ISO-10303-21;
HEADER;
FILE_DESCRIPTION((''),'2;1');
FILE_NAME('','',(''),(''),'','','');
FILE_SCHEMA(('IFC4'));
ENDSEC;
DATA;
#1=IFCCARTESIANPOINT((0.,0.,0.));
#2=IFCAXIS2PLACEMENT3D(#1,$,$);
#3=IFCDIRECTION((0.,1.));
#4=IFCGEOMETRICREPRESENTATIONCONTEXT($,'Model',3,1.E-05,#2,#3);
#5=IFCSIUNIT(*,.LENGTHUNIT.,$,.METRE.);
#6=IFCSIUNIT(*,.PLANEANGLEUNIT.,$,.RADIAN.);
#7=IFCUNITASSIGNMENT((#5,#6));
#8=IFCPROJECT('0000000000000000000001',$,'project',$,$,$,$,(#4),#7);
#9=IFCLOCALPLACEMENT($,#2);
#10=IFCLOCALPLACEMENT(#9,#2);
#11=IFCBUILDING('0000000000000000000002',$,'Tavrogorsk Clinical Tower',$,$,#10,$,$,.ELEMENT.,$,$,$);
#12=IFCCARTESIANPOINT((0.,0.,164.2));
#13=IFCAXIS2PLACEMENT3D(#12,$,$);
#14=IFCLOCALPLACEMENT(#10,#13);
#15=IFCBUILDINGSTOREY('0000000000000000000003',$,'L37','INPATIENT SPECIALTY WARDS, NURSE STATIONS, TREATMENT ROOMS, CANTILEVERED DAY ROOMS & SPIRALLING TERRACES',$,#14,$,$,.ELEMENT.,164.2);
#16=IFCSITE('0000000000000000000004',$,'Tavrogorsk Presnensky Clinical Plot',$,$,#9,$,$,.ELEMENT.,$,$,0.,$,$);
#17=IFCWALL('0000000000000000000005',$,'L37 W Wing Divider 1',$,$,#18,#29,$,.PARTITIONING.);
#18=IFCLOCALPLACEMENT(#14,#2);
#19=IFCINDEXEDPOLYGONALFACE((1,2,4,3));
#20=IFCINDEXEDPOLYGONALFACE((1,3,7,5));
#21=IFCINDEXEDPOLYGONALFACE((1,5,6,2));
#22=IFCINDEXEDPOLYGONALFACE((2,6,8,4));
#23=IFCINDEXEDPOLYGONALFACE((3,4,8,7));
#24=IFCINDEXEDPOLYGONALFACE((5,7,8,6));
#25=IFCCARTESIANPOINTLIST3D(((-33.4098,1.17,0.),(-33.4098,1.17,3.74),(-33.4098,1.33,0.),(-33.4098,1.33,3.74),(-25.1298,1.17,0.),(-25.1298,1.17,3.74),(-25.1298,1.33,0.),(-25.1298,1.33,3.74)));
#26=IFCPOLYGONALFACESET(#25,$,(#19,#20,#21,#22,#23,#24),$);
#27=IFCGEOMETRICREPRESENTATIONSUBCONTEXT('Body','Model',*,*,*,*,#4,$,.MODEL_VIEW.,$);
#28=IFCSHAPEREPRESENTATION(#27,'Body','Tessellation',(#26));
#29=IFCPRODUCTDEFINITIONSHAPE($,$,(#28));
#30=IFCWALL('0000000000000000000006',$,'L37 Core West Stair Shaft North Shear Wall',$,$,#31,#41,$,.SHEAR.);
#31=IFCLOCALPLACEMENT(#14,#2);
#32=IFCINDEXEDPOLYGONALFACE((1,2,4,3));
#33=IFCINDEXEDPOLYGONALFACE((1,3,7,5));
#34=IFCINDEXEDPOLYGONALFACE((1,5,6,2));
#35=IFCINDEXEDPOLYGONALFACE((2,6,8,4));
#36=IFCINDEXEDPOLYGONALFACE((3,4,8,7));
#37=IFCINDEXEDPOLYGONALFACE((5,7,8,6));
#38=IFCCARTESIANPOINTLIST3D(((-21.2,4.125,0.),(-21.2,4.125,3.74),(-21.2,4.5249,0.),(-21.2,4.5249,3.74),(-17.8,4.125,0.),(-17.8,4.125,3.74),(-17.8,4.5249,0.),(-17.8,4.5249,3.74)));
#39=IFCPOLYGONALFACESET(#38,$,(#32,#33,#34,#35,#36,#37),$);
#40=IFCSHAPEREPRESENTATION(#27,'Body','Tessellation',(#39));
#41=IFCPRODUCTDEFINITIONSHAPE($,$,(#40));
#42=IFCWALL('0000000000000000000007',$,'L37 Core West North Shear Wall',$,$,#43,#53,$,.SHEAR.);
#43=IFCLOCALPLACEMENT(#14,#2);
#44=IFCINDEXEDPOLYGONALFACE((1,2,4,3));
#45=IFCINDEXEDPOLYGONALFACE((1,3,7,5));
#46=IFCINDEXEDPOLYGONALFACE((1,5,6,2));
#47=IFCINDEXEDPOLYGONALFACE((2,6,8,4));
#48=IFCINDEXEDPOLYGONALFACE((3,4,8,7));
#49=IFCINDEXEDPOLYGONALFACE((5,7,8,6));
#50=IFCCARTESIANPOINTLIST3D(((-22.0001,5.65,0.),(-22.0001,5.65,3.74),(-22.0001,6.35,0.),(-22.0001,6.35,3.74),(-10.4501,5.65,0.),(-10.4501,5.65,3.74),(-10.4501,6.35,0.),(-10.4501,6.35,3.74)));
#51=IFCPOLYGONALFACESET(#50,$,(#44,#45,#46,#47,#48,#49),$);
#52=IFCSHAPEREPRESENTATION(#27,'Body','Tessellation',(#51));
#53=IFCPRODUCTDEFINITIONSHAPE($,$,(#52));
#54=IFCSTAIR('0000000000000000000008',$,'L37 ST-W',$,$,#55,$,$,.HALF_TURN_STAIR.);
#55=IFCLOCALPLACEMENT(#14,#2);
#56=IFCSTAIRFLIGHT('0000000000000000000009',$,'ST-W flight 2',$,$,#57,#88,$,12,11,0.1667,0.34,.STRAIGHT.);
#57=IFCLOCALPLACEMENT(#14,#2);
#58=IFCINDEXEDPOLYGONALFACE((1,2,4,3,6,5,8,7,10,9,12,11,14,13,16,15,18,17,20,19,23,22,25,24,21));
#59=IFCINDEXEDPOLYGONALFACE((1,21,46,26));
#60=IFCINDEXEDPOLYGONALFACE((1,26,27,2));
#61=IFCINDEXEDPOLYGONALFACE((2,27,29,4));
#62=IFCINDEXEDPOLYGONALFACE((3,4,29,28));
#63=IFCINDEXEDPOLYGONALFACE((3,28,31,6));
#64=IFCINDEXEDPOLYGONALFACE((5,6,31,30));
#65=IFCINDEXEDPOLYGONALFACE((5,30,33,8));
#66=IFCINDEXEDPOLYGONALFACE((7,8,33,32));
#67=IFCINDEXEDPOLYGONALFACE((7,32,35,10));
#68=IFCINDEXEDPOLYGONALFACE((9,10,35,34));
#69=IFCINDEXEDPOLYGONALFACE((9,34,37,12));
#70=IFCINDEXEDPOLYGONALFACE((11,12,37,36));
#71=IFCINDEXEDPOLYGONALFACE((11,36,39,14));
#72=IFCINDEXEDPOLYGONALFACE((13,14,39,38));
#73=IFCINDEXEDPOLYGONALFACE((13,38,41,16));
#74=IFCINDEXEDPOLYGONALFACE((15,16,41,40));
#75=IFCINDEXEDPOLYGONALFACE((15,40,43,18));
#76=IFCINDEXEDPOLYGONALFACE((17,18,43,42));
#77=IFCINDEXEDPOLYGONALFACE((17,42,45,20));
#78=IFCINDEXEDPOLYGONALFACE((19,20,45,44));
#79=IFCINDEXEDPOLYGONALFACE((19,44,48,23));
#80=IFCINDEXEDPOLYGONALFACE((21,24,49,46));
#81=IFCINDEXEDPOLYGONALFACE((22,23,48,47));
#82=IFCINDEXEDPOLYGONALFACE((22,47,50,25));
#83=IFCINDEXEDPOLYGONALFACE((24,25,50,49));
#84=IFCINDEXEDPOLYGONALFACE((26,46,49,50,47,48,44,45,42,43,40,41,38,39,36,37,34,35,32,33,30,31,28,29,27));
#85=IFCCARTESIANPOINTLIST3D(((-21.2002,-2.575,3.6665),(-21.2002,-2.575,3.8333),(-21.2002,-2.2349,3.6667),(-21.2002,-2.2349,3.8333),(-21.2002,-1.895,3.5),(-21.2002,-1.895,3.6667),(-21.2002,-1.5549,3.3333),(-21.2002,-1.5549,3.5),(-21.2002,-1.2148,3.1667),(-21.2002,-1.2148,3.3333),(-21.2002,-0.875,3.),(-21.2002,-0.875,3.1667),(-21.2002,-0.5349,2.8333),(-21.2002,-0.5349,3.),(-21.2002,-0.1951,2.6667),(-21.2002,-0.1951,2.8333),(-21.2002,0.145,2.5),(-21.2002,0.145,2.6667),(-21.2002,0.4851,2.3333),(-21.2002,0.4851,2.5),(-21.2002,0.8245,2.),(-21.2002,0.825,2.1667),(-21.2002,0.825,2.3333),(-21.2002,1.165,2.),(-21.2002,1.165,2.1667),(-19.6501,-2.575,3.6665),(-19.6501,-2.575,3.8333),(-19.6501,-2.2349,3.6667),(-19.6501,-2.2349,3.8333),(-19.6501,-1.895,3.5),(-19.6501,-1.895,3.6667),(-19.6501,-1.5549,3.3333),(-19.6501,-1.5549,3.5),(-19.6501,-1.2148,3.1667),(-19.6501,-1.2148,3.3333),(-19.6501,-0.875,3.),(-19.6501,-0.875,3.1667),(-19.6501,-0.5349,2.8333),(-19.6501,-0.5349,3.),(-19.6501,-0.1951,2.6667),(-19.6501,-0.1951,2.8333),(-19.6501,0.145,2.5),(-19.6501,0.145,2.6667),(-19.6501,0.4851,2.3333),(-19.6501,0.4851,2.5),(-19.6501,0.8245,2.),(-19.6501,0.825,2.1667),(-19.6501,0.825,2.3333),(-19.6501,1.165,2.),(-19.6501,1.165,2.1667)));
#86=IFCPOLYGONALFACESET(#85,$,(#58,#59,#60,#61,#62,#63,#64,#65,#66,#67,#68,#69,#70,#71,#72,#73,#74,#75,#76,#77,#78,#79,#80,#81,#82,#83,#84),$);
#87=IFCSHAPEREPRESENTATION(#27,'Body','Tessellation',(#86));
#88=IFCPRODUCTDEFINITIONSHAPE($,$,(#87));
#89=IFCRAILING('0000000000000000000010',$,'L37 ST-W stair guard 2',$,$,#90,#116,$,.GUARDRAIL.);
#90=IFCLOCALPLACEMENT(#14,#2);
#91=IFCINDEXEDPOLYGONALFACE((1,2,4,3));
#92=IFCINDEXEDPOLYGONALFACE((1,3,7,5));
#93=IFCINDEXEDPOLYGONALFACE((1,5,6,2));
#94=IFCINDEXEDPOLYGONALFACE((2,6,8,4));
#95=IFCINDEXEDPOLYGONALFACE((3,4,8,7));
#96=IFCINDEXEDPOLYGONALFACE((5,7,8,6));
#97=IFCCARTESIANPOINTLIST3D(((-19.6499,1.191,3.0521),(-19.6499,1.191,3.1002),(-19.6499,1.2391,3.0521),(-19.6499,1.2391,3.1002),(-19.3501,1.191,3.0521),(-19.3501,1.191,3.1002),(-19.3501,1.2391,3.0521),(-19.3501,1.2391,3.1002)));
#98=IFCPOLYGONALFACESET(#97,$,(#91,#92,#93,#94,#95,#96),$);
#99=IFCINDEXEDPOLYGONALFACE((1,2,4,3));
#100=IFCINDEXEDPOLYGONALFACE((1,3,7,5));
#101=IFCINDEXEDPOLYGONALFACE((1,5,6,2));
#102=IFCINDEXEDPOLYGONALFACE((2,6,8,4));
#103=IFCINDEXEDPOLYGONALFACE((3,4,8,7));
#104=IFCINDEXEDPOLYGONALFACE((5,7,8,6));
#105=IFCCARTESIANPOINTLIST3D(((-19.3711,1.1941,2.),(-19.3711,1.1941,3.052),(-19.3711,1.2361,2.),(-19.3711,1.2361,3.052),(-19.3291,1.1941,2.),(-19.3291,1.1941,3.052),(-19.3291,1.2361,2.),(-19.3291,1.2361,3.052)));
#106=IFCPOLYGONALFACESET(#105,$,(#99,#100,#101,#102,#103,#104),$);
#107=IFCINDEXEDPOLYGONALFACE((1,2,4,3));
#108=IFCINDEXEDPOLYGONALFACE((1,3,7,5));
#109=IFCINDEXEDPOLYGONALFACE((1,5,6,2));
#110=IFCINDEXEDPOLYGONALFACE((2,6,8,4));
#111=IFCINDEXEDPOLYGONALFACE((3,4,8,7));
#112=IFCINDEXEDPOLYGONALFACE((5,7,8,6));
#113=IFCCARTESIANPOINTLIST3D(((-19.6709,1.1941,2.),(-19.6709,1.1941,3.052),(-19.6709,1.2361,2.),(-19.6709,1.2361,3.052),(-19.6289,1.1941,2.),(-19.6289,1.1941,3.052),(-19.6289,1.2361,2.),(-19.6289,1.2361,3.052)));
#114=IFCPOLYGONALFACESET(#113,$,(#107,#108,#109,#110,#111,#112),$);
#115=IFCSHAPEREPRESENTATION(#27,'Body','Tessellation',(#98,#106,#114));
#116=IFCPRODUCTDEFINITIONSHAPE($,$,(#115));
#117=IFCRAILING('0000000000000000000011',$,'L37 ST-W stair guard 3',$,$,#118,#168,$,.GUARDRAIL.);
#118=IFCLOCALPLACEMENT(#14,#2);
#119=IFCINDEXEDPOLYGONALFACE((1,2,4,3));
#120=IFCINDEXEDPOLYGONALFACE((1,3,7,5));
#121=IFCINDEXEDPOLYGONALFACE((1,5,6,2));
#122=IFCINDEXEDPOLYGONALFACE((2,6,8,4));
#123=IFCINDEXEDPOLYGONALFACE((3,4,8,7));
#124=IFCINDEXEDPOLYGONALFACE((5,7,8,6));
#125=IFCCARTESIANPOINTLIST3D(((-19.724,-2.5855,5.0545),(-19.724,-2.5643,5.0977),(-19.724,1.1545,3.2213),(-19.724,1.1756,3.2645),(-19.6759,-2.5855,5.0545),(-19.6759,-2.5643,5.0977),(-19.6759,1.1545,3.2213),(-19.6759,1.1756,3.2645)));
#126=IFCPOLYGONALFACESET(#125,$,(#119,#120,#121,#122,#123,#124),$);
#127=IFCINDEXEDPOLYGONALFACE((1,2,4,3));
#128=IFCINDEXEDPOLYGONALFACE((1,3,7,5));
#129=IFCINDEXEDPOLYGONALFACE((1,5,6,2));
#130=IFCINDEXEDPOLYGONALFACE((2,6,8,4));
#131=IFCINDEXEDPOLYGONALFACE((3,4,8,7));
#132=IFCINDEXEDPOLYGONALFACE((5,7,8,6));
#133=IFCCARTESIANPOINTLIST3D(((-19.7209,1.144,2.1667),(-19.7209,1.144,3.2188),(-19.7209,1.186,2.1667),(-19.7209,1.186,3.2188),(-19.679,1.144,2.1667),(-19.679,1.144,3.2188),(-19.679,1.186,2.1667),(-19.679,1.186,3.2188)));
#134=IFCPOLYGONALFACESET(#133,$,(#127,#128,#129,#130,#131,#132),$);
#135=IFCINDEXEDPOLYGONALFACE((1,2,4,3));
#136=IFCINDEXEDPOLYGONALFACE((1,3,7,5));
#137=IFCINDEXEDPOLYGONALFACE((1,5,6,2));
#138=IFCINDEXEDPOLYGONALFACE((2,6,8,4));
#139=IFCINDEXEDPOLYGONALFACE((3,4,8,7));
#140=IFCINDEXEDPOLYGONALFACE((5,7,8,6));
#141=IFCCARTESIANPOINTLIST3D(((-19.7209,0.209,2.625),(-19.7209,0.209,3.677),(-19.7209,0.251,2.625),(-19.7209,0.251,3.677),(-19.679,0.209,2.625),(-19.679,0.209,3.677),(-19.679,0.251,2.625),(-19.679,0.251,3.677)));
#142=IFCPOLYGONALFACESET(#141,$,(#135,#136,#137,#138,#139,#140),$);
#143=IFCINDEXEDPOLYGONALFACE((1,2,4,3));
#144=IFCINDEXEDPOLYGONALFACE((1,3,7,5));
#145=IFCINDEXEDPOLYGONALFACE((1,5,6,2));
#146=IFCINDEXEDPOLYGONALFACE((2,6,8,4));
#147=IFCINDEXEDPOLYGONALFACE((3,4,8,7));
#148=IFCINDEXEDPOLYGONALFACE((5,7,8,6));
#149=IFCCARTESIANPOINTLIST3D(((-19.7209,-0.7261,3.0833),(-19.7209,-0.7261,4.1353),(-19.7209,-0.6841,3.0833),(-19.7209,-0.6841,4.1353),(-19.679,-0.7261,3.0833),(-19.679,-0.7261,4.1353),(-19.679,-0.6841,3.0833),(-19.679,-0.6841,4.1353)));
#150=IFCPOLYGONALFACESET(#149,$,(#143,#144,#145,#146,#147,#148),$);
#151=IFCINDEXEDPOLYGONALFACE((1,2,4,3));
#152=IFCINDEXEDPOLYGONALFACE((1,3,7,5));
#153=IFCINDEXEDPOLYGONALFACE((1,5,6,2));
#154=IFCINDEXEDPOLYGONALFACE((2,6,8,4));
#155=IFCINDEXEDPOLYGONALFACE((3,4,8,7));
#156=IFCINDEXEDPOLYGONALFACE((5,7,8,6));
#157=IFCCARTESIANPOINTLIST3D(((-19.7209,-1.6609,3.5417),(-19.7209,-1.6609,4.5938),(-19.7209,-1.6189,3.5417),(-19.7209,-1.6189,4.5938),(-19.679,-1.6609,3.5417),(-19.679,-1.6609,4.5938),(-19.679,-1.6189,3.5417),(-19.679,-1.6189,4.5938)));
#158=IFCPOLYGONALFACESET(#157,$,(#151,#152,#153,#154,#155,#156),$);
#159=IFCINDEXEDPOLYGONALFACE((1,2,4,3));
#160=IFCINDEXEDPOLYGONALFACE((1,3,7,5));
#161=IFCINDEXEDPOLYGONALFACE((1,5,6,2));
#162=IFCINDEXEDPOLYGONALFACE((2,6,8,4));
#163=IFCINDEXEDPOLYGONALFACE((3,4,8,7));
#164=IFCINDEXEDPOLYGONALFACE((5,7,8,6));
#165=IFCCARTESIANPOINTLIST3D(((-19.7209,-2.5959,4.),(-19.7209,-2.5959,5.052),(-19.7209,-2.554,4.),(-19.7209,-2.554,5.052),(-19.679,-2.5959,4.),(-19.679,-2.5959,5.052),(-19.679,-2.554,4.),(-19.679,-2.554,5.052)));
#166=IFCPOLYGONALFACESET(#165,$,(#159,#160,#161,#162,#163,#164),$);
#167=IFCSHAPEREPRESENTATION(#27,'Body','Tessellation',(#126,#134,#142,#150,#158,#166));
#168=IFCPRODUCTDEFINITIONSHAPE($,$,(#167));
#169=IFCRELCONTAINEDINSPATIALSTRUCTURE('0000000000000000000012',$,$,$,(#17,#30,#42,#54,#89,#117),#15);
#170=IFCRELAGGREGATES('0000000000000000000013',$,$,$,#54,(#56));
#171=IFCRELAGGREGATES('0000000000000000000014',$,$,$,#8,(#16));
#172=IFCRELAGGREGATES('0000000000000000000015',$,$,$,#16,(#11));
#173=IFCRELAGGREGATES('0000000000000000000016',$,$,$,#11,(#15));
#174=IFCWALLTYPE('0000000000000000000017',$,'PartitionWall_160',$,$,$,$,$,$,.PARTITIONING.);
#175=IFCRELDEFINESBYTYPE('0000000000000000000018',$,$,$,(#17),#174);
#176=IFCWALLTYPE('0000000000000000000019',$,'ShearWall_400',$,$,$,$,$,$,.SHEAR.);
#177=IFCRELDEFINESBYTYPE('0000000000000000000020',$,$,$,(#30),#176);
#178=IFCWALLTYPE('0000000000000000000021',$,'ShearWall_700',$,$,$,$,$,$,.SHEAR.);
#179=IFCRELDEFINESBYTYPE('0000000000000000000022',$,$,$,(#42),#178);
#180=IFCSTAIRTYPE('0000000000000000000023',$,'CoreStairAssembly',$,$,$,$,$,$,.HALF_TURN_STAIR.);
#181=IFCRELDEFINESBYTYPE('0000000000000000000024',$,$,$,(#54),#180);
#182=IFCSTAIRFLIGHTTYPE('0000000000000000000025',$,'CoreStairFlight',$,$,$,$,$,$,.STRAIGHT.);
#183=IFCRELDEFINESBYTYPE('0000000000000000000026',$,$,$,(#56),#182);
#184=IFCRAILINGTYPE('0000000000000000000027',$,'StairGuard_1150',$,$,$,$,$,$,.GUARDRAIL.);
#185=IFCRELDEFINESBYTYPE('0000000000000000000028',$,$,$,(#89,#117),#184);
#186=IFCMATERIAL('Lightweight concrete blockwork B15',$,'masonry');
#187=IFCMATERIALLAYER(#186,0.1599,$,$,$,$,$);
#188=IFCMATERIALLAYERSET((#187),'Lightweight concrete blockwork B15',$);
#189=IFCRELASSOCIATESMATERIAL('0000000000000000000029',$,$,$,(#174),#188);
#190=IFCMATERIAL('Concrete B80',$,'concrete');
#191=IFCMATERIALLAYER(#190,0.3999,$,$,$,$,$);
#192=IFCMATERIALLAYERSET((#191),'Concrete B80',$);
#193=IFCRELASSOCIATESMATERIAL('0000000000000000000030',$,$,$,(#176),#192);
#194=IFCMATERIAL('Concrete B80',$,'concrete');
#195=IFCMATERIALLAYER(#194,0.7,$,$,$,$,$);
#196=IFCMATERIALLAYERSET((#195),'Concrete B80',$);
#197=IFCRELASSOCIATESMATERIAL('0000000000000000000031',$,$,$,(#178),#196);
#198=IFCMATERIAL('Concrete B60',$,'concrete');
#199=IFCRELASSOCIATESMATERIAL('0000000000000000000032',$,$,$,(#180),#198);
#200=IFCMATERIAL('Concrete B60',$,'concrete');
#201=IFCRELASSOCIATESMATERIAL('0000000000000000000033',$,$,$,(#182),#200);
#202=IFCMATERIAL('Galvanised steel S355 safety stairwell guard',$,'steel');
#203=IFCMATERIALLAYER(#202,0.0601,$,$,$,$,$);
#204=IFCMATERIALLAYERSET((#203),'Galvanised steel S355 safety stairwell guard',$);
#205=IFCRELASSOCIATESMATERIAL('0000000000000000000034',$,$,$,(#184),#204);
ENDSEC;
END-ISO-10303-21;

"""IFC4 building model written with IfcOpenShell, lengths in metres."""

from ifc_helpers import new_model, si_unit, direction, frame, frame_2d, origin, origin_2d, place, context, subcontext, project, spatial, polyline, rectangle, outline, extrude, material, layer, layer_set, type_object, element, aggregate, save


model = new_model("IFC4")

# Units and contexts
model_context = context("Model", 3, precision=1e-05, world=origin(), true_north=direction((0.0, 1.0)))
body_context = subcontext(model_context, "Body", "Model", "MODEL_VIEW")
ifc_project = project(units=[si_unit("LENGTHUNIT", "METRE"), si_unit("PLANEANGLEUNIT", "RADIAN")], contexts=[model_context])

# Site, building, storey
site_placement = place(None, origin())
site = spatial("IfcSite", under=ifc_project, at=site_placement, Name="Tavrogorsk Presnensky Clinical Plot", CompositionType="ELEMENT", RefElevation=0.0)
building_placement = place(site_placement, origin())
building = spatial("IfcBuilding", under=site, at=building_placement, Name="Tavrogorsk Clinical Tower", CompositionType="ELEMENT")
storey_placement = place(building_placement, frame((0.0, 0.0, 164.2)))
storey = spatial("IfcBuildingStorey", under=building, at=storey_placement, Name="L37", Description="INPATIENT SPECIALTY WARDS, NURSE STATIONS, TREATMENT ROOMS, CANTILEVERED DAY ROOMS & SPIRALLING TERRACES", CompositionType="ELEMENT", Elevation=164.2)

# Shared definitions
ifc_material_1 = material(Name="Lightweight concrete blockwork B15", Category="masonry")
ifc_layer_1 = layer(ifc_material_1, 0.1599)
ifc_layer_set_1 = layer_set([ifc_layer_1], Name="Lightweight concrete blockwork B15")
wall_type_1 = type_object("IfcWallType", Name="PartitionWall_160", PredefinedType="PARTITIONING", material=ifc_layer_set_1)

# Walls
wall_1_placement = place(storey_placement, frame((-33.4099, 1.25, 0.0), z_axis=(0.0, 0.0, 1.0), x_axis=(1.0, 0.0, 0.0)))
element("IfcWall", 1, at=wall_1_placement, inside=storey, type_object=wall_type_1, Name="L37 W Wing Divider 1", PredefinedType="PARTITIONING", context=body_context, shape_type="SweptSolid", body=[
    extrude(rectangle(XDim=8.28, YDim=0.1599, at=frame_2d((4.1401, 0.0))), origin(), (0.0, 0.0, 1.0), 3.74),
])
ifc_material_2 = material(Name="Concrete B80", Category="concrete")
ifc_layer_2 = layer(ifc_material_2, 0.3999)
ifc_layer_set_2 = layer_set([ifc_layer_2], Name="Concrete B80")
wall_type_2 = type_object("IfcWallType", Name="ShearWall_400", PredefinedType="SHEAR", material=ifc_layer_set_2)
wall_2_placement = place(storey_placement, frame((-21.2, 4.325, 0.0), z_axis=(0.0, 0.0, 1.0), x_axis=(1.0, 0.0, 0.0)))
element("IfcWall", 2, at=wall_2_placement, inside=storey, type_object=wall_type_2, Name="L37 Core West Stair Shaft North Shear Wall", PredefinedType="SHEAR", context=body_context, shape_type="SweptSolid", body=[
    extrude(rectangle(XDim=3.3999, YDim=0.3999, at=frame_2d((1.7, 0.0))), origin(), (0.0, 0.0, 1.0), 3.74),
])
ifc_material_3 = material(Name="Concrete B80", Category="concrete")
ifc_layer_3 = layer(ifc_material_3, 0.7)
ifc_layer_set_3 = layer_set([ifc_layer_3], Name="Concrete B80")
wall_type_3 = type_object("IfcWallType", Name="ShearWall_700", PredefinedType="SHEAR", material=ifc_layer_set_3)
wall_3_placement = place(storey_placement, frame((-22.0, 6.0, 0.0), z_axis=(0.0, 0.0, 1.0), x_axis=(1.0, 0.0, 0.0)))
element("IfcWall", 3, at=wall_3_placement, inside=storey, type_object=wall_type_3, Name="L37 Core West North Shear Wall", PredefinedType="SHEAR", context=body_context, shape_type="SweptSolid", body=[
    extrude(rectangle(XDim=11.55, YDim=0.7, at=frame_2d((5.7749, 0.0))), origin(), (0.0, 0.0, 1.0), 3.74),
])

# Stair, stair flight
ifc_material_4 = material(Name="Concrete B60", Category="concrete")
stair_type = type_object("IfcStairType", Name="CoreStairAssembly", PredefinedType="HALF_TURN_STAIR", material=ifc_material_4)
stair_placement = place(storey_placement, origin())
stair = element("IfcStair", 4, at=stair_placement, inside=storey, type_object=stair_type, Name="L37 ST-W", PredefinedType="HALF_TURN_STAIR")
ifc_material_5 = material(Name="Concrete B60", Category="concrete")
stair_flight_type = type_object("IfcStairFlightType", Name="CoreStairFlight", PredefinedType="STRAIGHT", material=ifc_material_5)
stair_flight_placement = place(storey_placement, frame((-20.425, 1.165, 2.0), z_axis=(0.0, 0.0, 1.0), x_axis=(0.0, -1.0, 0.0)))
stair_flight = element("IfcStairFlight", 5, at=stair_flight_placement, type_object=stair_flight_type, Name="ST-W flight 2", NumberOfRisers=12, NumberOfTreads=11, PredefinedType="STRAIGHT", RiserHeight=0.1667, TreadLength=0.34, context=body_context, shape_type="SweptSolid", body=[
    extrude(outline(polyline([(0.0, 0.0), (0.0, 0.1667), (0.3401, 0.1667), (0.3401, 0.3333), (0.6799, 0.3333), (0.6799, 0.5), (1.02, 0.5), (1.02, 0.6667), (1.3601, 0.6667), (1.3601, 0.8333), (1.7, 0.8333), (1.7, 1.0), (2.04, 1.0), (2.04, 1.1667), (2.3799, 1.1667), (2.3799, 1.3333), (2.72, 1.3333), (2.72, 1.5), (3.0601, 1.5), (3.0601, 1.6667), (3.3999, 1.6667), (3.3999, 1.8333), (3.74, 1.8333), (3.74, 2.0), (3.74, 1.6665), (0.3406, 0.0), (0.0, 0.0)])), frame((0.0, 0.7749, 0.0), z_axis=(0.0, -1.0, 0.0), x_axis=(1.0, 0.0, 0.0)), (0.0, 0.0, 1.0), 1.55),
])
aggregate(stair, [stair_flight])

# Railings
ifc_material_6 = material(Name="Galvanised steel S355 safety stairwell guard", Category="steel")
ifc_layer_4 = layer(ifc_material_6, 0.0601)
ifc_layer_set_4 = layer_set([ifc_layer_4], Name="Galvanised steel S355 safety stairwell guard")
railing_type_1 = type_object("IfcRailingType", Name="StairGuard_1150", PredefinedType="GUARDRAIL", material=ifc_layer_set_4)
railing_1_placement = place(storey_placement, frame((-19.3501, 1.2151, 2.0)))
element("IfcRailing", 6, at=railing_1_placement, inside=storey, type_object=railing_type_1, Name="L37 ST-W stair guard 2", PredefinedType="GUARDRAIL", context=body_context, shape_type="SweptSolid", body=[
    extrude(rectangle(XDim=0.0481, YDim=0.0481, at=origin_2d()), frame((0.0, 0.0, 1.0762), z_axis=(-1.0, 0.0, 0.0), x_axis=(0.0, -1.0, 0.0)), (0.0, 0.0, 1.0), 0.2998),
    extrude(rectangle(XDim=0.042, YDim=0.042, at=origin_2d()), origin(), (0.0, 0.0, 1.0), 1.052),
    extrude(rectangle(XDim=0.042, YDim=0.042, at=origin_2d()), frame((-0.2998, 0.0, 0.0)), (0.0, 0.0, 1.0), 1.052),
])
railing_2_placement = place(storey_placement, frame((-19.7, 1.165, 2.1667)))
element("IfcRailing", 7, at=railing_2_placement, inside=storey, type_object=railing_type_1, Name="L37 ST-W stair guard 3", PredefinedType="GUARDRAIL", context=body_context, shape_type="SweptSolid", body=[
    extrude(rectangle(XDim=0.0481, YDim=0.0481, at=origin_2d()), frame((0.0, 0.0, 1.0762), z_axis=(0.0, -0.897928, 0.440142), x_axis=(1.0, 0.0, 0.0)), (0.0, 0.0, 1.0), 4.165),
    extrude(rectangle(XDim=0.042, YDim=0.042, at=origin_2d()), origin(), (0.0, 0.0, 1.0), 1.052),
    extrude(rectangle(XDim=0.042, YDim=0.042, at=origin_2d()), frame((0.0, -0.9351, 0.4583)), (0.0, 0.0, 1.0), 1.052),
    extrude(rectangle(XDim=0.042, YDim=0.042, at=origin_2d()), frame((0.0, -1.8701, 0.9165)), (0.0, 0.0, 1.0), 1.052),
    extrude(rectangle(XDim=0.042, YDim=0.042, at=origin_2d()), frame((0.0, -2.8049, 1.375)), (0.0, 0.0, 1.0), 1.052),
    extrude(rectangle(XDim=0.042, YDim=0.042, at=origin_2d()), frame((0.0, -3.74, 1.8333)), (0.0, 0.0, 1.0), 1.052),
])

save(model, "model.ifc")
